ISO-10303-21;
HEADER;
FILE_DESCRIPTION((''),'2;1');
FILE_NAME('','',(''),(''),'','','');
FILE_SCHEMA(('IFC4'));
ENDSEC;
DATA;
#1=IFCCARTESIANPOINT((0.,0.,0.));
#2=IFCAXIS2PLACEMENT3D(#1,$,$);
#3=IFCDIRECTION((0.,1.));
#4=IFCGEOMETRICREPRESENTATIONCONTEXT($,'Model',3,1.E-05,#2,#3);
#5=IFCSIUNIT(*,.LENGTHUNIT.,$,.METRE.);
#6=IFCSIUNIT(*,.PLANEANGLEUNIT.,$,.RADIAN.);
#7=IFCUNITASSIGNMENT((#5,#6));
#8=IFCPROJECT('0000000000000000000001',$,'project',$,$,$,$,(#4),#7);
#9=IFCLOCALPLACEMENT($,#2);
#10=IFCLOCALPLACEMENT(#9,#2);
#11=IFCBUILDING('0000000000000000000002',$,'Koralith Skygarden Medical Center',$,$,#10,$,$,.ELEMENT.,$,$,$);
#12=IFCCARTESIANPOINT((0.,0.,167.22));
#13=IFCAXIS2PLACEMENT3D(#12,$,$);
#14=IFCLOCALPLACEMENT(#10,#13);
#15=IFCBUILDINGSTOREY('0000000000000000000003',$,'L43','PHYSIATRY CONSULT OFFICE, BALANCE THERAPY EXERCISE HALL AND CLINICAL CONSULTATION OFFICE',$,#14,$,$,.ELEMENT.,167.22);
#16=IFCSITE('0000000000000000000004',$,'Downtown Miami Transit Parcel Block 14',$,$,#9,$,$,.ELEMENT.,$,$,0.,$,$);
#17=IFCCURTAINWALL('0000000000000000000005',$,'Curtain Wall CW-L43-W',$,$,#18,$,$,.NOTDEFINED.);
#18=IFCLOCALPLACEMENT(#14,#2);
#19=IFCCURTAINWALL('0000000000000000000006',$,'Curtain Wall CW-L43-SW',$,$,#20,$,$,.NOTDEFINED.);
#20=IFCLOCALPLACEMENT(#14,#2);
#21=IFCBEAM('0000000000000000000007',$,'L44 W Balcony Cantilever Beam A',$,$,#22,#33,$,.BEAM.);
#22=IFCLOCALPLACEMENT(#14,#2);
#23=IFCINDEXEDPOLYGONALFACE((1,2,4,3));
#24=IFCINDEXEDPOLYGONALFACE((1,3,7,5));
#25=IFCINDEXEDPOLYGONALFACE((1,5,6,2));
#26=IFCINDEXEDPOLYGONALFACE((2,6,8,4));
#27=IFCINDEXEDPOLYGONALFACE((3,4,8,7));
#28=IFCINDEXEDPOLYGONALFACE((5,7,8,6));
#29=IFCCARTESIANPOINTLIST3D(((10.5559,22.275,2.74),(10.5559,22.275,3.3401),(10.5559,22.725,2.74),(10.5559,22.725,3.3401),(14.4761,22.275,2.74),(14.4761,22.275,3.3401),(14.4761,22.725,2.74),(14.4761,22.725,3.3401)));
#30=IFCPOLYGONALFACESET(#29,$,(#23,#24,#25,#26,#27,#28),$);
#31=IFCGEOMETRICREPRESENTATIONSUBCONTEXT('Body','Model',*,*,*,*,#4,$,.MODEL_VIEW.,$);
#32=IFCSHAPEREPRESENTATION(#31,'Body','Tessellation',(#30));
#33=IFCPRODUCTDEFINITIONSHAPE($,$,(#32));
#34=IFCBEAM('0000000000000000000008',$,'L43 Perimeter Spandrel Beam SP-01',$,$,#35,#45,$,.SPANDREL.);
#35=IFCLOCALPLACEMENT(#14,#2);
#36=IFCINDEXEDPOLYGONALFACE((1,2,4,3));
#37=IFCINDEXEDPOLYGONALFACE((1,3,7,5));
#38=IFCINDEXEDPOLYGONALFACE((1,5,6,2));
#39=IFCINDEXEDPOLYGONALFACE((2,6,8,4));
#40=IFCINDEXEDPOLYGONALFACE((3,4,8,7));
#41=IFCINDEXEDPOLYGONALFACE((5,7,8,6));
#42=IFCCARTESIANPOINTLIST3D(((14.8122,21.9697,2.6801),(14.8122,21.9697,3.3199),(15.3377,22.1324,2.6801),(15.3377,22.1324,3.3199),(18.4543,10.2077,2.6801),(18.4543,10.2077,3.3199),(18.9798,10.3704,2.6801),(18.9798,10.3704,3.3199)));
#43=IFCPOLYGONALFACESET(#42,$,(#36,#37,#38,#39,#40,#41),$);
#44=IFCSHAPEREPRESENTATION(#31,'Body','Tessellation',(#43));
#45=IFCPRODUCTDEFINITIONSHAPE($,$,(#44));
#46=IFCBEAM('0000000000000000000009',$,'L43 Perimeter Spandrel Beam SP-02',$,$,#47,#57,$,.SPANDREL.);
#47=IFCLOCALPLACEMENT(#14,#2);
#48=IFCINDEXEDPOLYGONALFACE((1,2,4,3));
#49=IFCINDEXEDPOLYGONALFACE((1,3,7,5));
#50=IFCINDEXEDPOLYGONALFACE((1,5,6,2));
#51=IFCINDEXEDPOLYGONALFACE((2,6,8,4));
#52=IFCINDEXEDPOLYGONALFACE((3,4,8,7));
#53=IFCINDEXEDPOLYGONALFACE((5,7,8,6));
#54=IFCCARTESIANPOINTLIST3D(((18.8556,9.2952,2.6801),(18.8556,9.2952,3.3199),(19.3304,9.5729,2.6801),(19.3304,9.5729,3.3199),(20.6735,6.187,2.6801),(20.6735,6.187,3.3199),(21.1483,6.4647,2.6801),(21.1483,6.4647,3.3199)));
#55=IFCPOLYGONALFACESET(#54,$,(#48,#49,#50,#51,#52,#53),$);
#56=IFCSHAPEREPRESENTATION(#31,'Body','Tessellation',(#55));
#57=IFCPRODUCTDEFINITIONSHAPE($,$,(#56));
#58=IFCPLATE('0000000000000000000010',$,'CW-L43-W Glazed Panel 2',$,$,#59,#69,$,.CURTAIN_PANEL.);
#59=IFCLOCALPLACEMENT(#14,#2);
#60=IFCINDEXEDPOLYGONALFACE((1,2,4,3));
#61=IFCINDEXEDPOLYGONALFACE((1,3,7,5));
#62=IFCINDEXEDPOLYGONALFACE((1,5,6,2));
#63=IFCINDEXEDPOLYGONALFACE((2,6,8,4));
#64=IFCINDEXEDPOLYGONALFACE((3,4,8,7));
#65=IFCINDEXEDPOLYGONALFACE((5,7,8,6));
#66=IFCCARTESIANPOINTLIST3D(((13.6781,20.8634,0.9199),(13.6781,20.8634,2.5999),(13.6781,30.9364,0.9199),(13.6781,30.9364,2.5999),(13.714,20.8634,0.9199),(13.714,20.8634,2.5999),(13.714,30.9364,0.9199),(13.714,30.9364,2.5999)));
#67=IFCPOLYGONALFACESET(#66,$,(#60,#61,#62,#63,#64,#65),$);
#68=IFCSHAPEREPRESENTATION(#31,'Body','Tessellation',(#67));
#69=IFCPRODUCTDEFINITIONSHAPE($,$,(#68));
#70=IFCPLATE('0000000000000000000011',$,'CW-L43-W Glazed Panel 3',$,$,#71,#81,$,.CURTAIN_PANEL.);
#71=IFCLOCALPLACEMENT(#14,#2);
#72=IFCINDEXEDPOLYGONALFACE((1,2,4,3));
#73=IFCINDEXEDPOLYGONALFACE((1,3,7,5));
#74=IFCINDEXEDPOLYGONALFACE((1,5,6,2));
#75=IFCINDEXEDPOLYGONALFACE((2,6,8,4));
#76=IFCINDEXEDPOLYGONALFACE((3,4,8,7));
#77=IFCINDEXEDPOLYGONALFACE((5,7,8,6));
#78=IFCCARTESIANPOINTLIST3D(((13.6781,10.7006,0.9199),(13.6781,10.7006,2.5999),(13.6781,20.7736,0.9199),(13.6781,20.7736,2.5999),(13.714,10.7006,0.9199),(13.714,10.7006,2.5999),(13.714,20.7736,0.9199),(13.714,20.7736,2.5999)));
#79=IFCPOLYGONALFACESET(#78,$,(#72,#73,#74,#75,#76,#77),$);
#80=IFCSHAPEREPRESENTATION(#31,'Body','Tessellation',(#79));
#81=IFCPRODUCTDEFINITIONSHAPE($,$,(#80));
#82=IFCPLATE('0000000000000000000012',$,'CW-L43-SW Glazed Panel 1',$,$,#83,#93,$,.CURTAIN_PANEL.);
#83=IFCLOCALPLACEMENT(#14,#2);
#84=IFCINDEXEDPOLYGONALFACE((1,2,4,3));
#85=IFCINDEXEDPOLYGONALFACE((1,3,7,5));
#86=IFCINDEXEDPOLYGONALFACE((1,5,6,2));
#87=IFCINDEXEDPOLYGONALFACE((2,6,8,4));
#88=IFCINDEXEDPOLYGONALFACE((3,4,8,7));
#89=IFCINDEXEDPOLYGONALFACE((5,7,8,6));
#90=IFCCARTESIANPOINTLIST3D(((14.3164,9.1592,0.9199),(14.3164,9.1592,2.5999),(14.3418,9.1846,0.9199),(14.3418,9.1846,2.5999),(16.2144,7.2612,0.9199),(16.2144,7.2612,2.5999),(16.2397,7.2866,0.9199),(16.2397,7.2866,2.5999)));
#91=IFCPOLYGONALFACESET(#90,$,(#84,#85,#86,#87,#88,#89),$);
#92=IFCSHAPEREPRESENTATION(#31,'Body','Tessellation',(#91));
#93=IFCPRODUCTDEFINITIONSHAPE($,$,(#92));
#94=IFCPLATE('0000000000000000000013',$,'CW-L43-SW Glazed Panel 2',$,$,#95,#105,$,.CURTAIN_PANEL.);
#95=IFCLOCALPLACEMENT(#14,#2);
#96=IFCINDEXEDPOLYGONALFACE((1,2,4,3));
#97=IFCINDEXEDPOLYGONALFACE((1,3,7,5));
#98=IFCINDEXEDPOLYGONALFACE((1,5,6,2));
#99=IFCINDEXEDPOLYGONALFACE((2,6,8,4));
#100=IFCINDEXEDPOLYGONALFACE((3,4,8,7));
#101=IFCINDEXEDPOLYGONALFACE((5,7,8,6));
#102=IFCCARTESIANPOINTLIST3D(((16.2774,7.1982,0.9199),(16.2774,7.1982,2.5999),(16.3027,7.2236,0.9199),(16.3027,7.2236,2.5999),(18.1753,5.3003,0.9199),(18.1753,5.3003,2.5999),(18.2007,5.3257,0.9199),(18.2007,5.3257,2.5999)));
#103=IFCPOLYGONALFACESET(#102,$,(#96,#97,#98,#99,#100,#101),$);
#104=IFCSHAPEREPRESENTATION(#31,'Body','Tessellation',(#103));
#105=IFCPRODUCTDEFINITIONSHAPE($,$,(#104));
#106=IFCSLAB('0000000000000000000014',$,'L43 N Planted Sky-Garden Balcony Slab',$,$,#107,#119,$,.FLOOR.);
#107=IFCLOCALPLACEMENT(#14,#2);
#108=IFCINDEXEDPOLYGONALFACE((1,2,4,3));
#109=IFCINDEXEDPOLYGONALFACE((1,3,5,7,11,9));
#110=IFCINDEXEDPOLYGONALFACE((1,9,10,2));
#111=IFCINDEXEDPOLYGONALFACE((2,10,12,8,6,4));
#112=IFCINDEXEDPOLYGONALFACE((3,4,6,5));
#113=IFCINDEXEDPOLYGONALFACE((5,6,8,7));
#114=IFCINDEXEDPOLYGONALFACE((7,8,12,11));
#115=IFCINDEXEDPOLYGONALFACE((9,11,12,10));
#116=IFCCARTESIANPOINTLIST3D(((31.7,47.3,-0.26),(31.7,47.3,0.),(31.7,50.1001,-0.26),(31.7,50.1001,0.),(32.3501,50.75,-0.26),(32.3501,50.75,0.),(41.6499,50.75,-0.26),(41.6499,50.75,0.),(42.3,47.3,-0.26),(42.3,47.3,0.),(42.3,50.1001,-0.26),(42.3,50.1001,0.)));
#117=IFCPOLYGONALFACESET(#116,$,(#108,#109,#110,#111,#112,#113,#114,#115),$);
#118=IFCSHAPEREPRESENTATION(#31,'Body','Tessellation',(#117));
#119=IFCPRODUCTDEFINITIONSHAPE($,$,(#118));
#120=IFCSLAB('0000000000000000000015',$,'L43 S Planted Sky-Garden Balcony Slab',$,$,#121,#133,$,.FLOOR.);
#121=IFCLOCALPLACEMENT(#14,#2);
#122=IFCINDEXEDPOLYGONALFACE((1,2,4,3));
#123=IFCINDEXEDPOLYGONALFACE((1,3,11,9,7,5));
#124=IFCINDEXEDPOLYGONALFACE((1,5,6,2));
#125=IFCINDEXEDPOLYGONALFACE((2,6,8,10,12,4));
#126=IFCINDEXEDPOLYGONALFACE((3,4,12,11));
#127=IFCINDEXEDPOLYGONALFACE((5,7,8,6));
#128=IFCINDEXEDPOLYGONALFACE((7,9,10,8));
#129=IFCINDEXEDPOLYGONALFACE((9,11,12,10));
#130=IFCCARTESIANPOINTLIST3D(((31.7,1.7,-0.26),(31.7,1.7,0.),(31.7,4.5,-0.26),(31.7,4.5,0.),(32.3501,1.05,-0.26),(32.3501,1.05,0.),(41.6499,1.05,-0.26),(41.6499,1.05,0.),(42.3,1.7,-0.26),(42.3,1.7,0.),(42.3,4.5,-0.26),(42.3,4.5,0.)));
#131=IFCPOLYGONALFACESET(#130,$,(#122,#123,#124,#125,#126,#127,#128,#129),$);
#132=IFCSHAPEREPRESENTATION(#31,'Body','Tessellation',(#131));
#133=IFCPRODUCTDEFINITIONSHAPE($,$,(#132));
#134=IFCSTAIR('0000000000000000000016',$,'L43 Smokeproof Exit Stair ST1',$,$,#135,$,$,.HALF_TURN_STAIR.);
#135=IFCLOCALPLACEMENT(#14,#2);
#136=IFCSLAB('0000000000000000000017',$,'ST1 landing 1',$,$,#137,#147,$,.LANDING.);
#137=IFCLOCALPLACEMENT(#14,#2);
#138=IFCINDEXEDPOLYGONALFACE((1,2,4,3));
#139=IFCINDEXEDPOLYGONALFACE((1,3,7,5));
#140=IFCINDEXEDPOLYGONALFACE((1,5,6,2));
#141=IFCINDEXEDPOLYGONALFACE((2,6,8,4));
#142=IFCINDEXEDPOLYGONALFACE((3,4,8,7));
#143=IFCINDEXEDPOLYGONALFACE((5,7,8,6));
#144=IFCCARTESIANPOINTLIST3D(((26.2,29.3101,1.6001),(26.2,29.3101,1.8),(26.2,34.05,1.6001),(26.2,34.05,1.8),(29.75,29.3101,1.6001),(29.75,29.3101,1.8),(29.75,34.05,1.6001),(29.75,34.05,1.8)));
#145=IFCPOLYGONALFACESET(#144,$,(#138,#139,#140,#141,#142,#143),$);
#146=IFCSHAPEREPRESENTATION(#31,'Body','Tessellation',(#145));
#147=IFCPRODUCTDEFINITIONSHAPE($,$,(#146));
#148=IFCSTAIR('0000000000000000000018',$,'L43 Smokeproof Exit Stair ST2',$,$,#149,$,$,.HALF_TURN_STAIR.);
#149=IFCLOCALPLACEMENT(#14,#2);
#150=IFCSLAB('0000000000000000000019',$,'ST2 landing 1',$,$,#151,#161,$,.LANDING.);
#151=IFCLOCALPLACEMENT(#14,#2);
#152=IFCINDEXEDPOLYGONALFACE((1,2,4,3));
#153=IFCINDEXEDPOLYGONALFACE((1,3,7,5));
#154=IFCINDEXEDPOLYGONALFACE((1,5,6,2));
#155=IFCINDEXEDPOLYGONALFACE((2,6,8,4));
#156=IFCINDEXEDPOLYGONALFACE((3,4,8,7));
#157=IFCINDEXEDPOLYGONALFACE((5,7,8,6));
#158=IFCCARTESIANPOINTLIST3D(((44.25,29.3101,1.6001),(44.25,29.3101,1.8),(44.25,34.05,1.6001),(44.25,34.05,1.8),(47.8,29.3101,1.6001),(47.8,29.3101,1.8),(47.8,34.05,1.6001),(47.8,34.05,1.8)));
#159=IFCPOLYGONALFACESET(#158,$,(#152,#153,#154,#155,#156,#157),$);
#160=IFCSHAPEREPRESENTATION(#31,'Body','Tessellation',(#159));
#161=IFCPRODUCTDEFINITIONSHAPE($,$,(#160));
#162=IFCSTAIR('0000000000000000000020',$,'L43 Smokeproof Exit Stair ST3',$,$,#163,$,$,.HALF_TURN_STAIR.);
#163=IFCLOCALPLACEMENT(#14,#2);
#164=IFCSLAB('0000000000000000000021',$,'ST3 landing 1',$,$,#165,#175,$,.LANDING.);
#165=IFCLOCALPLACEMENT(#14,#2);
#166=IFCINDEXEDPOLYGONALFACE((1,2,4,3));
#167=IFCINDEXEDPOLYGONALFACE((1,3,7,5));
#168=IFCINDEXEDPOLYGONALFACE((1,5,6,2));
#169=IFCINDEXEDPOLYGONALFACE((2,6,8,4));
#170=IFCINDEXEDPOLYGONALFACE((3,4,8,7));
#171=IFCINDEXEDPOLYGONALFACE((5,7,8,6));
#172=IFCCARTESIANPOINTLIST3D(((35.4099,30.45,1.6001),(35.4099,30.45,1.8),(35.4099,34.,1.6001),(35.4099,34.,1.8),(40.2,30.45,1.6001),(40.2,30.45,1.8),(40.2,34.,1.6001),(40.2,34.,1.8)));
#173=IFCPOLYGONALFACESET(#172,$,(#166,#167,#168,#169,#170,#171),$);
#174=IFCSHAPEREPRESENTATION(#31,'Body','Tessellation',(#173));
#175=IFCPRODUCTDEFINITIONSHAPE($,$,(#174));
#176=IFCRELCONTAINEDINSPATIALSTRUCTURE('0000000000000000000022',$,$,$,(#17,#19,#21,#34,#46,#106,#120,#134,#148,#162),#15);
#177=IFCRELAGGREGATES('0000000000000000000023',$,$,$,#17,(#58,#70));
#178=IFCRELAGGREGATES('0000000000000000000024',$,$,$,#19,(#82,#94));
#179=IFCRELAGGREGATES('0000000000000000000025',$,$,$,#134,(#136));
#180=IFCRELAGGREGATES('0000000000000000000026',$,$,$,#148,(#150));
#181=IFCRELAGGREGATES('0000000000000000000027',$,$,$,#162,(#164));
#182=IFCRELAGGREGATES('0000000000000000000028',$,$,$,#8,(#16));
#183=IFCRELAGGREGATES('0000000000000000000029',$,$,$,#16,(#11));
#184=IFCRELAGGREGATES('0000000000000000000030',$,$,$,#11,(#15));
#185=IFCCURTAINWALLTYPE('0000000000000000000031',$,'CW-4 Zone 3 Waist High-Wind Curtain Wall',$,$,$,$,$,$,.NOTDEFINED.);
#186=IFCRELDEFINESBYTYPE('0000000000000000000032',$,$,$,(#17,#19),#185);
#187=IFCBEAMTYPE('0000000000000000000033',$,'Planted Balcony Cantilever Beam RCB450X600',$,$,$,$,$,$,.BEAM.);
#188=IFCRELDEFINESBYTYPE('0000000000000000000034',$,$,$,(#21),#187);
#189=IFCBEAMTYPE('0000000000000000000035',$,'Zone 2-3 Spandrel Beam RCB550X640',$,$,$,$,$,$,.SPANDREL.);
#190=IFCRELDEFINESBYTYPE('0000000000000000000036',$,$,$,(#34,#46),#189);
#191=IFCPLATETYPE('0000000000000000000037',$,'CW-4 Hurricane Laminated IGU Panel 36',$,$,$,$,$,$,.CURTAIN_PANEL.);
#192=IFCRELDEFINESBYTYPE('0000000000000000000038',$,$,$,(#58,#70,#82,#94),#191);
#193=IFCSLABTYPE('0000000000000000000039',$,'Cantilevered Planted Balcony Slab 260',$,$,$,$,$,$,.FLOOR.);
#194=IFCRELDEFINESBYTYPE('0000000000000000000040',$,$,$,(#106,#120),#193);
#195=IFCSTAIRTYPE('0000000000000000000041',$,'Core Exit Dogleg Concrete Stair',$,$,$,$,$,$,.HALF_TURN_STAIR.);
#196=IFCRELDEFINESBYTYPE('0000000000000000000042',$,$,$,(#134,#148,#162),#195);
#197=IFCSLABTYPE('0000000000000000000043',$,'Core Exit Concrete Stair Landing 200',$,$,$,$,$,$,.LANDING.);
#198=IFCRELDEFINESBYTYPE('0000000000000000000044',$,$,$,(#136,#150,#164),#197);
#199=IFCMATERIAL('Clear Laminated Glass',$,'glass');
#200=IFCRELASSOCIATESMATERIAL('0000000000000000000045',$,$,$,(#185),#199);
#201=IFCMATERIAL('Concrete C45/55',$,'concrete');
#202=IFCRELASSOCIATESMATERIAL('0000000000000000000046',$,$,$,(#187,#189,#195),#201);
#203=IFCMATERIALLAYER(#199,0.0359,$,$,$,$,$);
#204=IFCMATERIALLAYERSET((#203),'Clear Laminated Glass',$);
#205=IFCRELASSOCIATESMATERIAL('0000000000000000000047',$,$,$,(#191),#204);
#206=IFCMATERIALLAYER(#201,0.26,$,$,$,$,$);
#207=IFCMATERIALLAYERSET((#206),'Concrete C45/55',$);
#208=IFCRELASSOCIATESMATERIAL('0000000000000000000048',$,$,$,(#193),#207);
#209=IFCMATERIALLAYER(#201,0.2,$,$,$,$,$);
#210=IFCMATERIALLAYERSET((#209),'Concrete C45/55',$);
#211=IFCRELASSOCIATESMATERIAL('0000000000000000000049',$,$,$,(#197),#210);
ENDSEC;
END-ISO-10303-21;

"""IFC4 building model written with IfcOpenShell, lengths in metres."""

from ifc_helpers import new_model, si_unit, direction, frame, origin, origin_2d, place, context, subcontext, project, spatial, polyline, rectangle, outline, extrude, material, layer, layer_set, material_profile, profile_set, type_object, element, aggregate, save


model = new_model("IFC4")

# Units and contexts
model_context = context("Model", 3, precision=1e-05, world=origin(), true_north=direction((0.0, 1.0)))
body_context = subcontext(model_context, "Body", "Model", "MODEL_VIEW")
ifc_project = project(units=[si_unit("LENGTHUNIT", "METRE"), si_unit("PLANEANGLEUNIT", "RADIAN")], contexts=[model_context])

# Site, building, storey
site_placement = place(None, origin())
site = spatial("IfcSite", under=ifc_project, at=site_placement, Name="Downtown Miami Transit Parcel Block 14", CompositionType="ELEMENT", RefElevation=0.0)
building_placement = place(site_placement, origin())
building = spatial("IfcBuilding", under=site, at=building_placement, Name="Koralith Skygarden Medical Center", CompositionType="ELEMENT")
storey_placement = place(building_placement, frame((0.0, 0.0, 167.22)))
storey = spatial("IfcBuildingStorey", under=building, at=storey_placement, Name="L43", Description="PHYSIATRY CONSULT OFFICE, BALANCE THERAPY EXERCISE HALL AND CLINICAL CONSULTATION OFFICE", CompositionType="ELEMENT", Elevation=167.22)

# Shared definitions
ifc_material_1 = material(Name="Clear Laminated Glass", Category="glass")
curtain_wall_type = type_object("IfcCurtainWallType", Name="CW-4 Zone 3 Waist High-Wind Curtain Wall", PredefinedType="NOTDEFINED", material=ifc_material_1)

# Curtain walls
curtain_wall_1_placement = place(storey_placement, origin())
curtain_wall_1 = element("IfcCurtainWall", 1, at=curtain_wall_1_placement, inside=storey, type_object=curtain_wall_type, Name="Curtain Wall CW-L43-W", PredefinedType="NOTDEFINED")
curtain_wall_2_placement = place(storey_placement, origin())
curtain_wall_2 = element("IfcCurtainWall", 2, at=curtain_wall_2_placement, inside=storey, type_object=curtain_wall_type, Name="Curtain Wall CW-L43-SW", PredefinedType="NOTDEFINED")

# Beams
ifc_material_2 = material(Name="Concrete C45/55", Category="concrete")
ifc_material_profile_1 = material_profile(ifc_material_2, rectangle(XDim=0.45, YDim=0.6001, at=origin_2d()), Name="RCB450X600")
ifc_profile_set_1 = profile_set([ifc_material_profile_1], Name="Concrete C45/55")
beam_type_1 = type_object("IfcBeamType", Name="Planted Balcony Cantilever Beam RCB450X600", PredefinedType="BEAM", material=ifc_profile_set_1)
beam_1_placement = place(storey_placement, frame((14.4761, 22.5, 3.04), z_axis=(-1.0, 0.0, 0.0), x_axis=(0.0, -1.0, 0.0)))
element("IfcBeam", 3, at=beam_1_placement, inside=storey, type_object=beam_type_1, Name="L44 W Balcony Cantilever Beam A", PredefinedType="BEAM", context=body_context, shape_type="SweptSolid", body=[
    extrude(rectangle(XDim=0.45, YDim=0.6001, at=origin_2d()), origin(), (0.0, 0.0, 1.0), 3.9202),
])
ifc_material_profile_2 = material_profile(ifc_material_2, rectangle(XDim=0.55, YDim=0.6399, at=origin_2d()), Name="RCB550X640")
ifc_profile_set_2 = profile_set([ifc_material_profile_2], Name="Concrete C45/55")
beam_type_2 = type_object("IfcBeamType", Name="Zone 2-3 Spandrel Beam RCB550X640", PredefinedType="SPANDREL", material=ifc_profile_set_2)
beam_2_placement = place(storey_placement, frame((15.075, 22.051, 3.0), z_axis=(0.295794, -0.955252, 0.0), x_axis=(0.955252, 0.295794, 0.0)))
element("IfcBeam", 4, at=beam_2_placement, inside=storey, type_object=beam_type_2, Name="L43 Perimeter Spandrel Beam SP-01", PredefinedType="SPANDREL", context=body_context, shape_type="SweptSolid", body=[
    extrude(rectangle(XDim=0.55, YDim=0.6399, at=origin_2d()), origin(), (0.0, 0.0, 1.0), 12.313),
])
beam_3_placement = place(storey_placement, frame((19.093, 9.4341, 3.0), z_axis=(0.504861, -0.8632, 0.0), x_axis=(0.8632, 0.504861, 0.0)))
element("IfcBeam", 5, at=beam_3_placement, inside=storey, type_object=beam_type_2, Name="L43 Perimeter Spandrel Beam SP-02", PredefinedType="SPANDREL", context=body_context, shape_type="SweptSolid", body=[
    extrude(rectangle(XDim=0.55, YDim=0.6399, at=origin_2d()), origin(), (0.0, 0.0, 1.0), 3.6008),
])

# Plates
ifc_layer_1 = layer(ifc_material_1, 0.0359)
ifc_layer_set_1 = layer_set([ifc_layer_1], Name="Clear Laminated Glass")
plate_type_1 = type_object("IfcPlateType", Name="CW-4 Hurricane Laminated IGU Panel 36", PredefinedType="CURTAIN_PANEL", material=ifc_layer_set_1)
plate_1_placement = place(storey_placement, frame((13.696, 25.8999, 0.9199), z_axis=(0.0, 0.0, 1.0), x_axis=(0.0, -1.0, 0.0)))
plate_1 = element("IfcPlate", 6, at=plate_1_placement, type_object=plate_type_1, Name="CW-L43-W Glazed Panel 2", PredefinedType="CURTAIN_PANEL", context=body_context, shape_type="SweptSolid", body=[
    extrude(rectangle(XDim=10.073, YDim=0.0359, at=origin_2d()), origin(), (0.0, 0.0, 1.0), 1.6799),
])
plate_2_placement = place(storey_placement, frame((13.696, 15.7371, 0.9199), z_axis=(0.0, 0.0, 1.0), x_axis=(0.0, -1.0, 0.0)))
plate_2 = element("IfcPlate", 7, at=plate_2_placement, type_object=plate_type_1, Name="CW-L43-W Glazed Panel 3", PredefinedType="CURTAIN_PANEL", context=body_context, shape_type="SweptSolid", body=[
    extrude(rectangle(XDim=10.073, YDim=0.0359, at=origin_2d()), origin(), (0.0, 0.0, 1.0), 1.6799),
])
aggregate(curtain_wall_1, [plate_1, plate_2])
plate_3_placement = place(storey_placement, frame((15.2781, 8.2229, 0.9199), z_axis=(0.0, 0.0, 1.0), x_axis=(0.707107, -0.707107, 0.0)))
plate_3 = element("IfcPlate", 8, at=plate_3_placement, type_object=plate_type_1, Name="CW-L43-SW Glazed Panel 1", PredefinedType="CURTAIN_PANEL", context=body_context, shape_type="SweptSolid", body=[
    extrude(rectangle(XDim=2.6841, YDim=0.0359, at=origin_2d()), origin(), (0.0, 0.0, 1.0), 1.6799),
])
plate_4_placement = place(storey_placement, frame((17.239, 6.262, 0.9199), z_axis=(0.0, 0.0, 1.0), x_axis=(0.707107, -0.707107, 0.0)))
plate_4 = element("IfcPlate", 9, at=plate_4_placement, type_object=plate_type_1, Name="CW-L43-SW Glazed Panel 2", PredefinedType="CURTAIN_PANEL", context=body_context, shape_type="SweptSolid", body=[
    extrude(rectangle(XDim=2.6841, YDim=0.0359, at=origin_2d()), origin(), (0.0, 0.0, 1.0), 1.6799),
])
aggregate(curtain_wall_2, [plate_3, plate_4])

# Slabs
ifc_layer_2 = layer(ifc_material_2, 0.26)
ifc_layer_set_2 = layer_set([ifc_layer_2], Name="Concrete C45/55")
slab_type_1 = type_object("IfcSlabType", Name="Cantilevered Planted Balcony Slab 260", PredefinedType="FLOOR", material=ifc_layer_set_2)
slab_1_placement = place(storey_placement, frame((0.0, 0.0, -0.26)))
element("IfcSlab", 10, at=slab_1_placement, inside=storey, type_object=slab_type_1, Name="L43 N Planted Sky-Garden Balcony Slab", PredefinedType="FLOOR", context=body_context, shape_type="SweptSolid", body=[
    extrude(outline(polyline([(31.7, 47.3), (42.3, 47.3), (42.3, 50.1001), (41.6499, 50.75), (32.3501, 50.75), (31.7, 50.1001), (31.7, 47.3)])), origin(), (0.0, 0.0, 1.0), 0.26),
])
slab_2_placement = place(storey_placement, frame((0.0, 0.0, -0.26)))
element("IfcSlab", 11, at=slab_2_placement, inside=storey, type_object=slab_type_1, Name="L43 S Planted Sky-Garden Balcony Slab", PredefinedType="FLOOR", context=body_context, shape_type="SweptSolid", body=[
    extrude(outline(polyline([(32.3501, 1.05), (41.6499, 1.05), (42.3, 1.7), (42.3, 4.5), (31.7, 4.5), (31.7, 1.7), (32.3501, 1.05)])), origin(), (0.0, 0.0, 1.0), 0.26),
])

# Stairs, slabs
stair_type = type_object("IfcStairType", Name="Core Exit Dogleg Concrete Stair", PredefinedType="HALF_TURN_STAIR", material=ifc_material_2)
stair_1_placement = place(storey_placement, origin())
stair_1 = element("IfcStair", 12, at=stair_1_placement, inside=storey, type_object=stair_type, Name="L43 Smokeproof Exit Stair ST1", PredefinedType="HALF_TURN_STAIR")
ifc_layer_3 = layer(ifc_material_2, 0.2)
ifc_layer_set_3 = layer_set([ifc_layer_3], Name="Concrete C45/55")
slab_type_2 = type_object("IfcSlabType", Name="Core Exit Concrete Stair Landing 200", PredefinedType="LANDING", material=ifc_layer_set_3)
slab_3_placement = place(storey_placement, frame((0.0, 0.0, 1.6001)))
slab_3 = element("IfcSlab", 13, at=slab_3_placement, type_object=slab_type_2, Name="ST1 landing 1", PredefinedType="LANDING", context=body_context, shape_type="SweptSolid", body=[
    extrude(outline(polyline([(29.75, 29.3101), (29.75, 34.05), (26.2, 34.05), (26.2, 29.3101), (29.75, 29.3101)])), origin(), (0.0, 0.0, 1.0), 0.2),
])
aggregate(stair_1, [slab_3])
stair_2_placement = place(storey_placement, origin())
stair_2 = element("IfcStair", 14, at=stair_2_placement, inside=storey, type_object=stair_type, Name="L43 Smokeproof Exit Stair ST2", PredefinedType="HALF_TURN_STAIR")
slab_4_placement = place(storey_placement, frame((0.0, 0.0, 1.6001)))
slab_4 = element("IfcSlab", 15, at=slab_4_placement, type_object=slab_type_2, Name="ST2 landing 1", PredefinedType="LANDING", context=body_context, shape_type="SweptSolid", body=[
    extrude(outline(polyline([(47.8, 29.3101), (47.8, 34.05), (44.25, 34.05), (44.25, 29.3101), (47.8, 29.3101)])), origin(), (0.0, 0.0, 1.0), 0.2),
])
aggregate(stair_2, [slab_4])
stair_3_placement = place(storey_placement, origin())
stair_3 = element("IfcStair", 16, at=stair_3_placement, inside=storey, type_object=stair_type, Name="L43 Smokeproof Exit Stair ST3", PredefinedType="HALF_TURN_STAIR")
slab_5_placement = place(storey_placement, frame((0.0, 0.0, 1.6001)))
slab_5 = element("IfcSlab", 17, at=slab_5_placement, type_object=slab_type_2, Name="ST3 landing 1", PredefinedType="LANDING", context=body_context, shape_type="SweptSolid", body=[
    extrude(outline(polyline([(35.4099, 30.45), (40.2, 30.45), (40.2, 34.0), (35.4099, 34.0), (35.4099, 30.45)])), origin(), (0.0, 0.0, 1.0), 0.2),
])
aggregate(stair_3, [slab_5])

save(model, "model.ifc")
